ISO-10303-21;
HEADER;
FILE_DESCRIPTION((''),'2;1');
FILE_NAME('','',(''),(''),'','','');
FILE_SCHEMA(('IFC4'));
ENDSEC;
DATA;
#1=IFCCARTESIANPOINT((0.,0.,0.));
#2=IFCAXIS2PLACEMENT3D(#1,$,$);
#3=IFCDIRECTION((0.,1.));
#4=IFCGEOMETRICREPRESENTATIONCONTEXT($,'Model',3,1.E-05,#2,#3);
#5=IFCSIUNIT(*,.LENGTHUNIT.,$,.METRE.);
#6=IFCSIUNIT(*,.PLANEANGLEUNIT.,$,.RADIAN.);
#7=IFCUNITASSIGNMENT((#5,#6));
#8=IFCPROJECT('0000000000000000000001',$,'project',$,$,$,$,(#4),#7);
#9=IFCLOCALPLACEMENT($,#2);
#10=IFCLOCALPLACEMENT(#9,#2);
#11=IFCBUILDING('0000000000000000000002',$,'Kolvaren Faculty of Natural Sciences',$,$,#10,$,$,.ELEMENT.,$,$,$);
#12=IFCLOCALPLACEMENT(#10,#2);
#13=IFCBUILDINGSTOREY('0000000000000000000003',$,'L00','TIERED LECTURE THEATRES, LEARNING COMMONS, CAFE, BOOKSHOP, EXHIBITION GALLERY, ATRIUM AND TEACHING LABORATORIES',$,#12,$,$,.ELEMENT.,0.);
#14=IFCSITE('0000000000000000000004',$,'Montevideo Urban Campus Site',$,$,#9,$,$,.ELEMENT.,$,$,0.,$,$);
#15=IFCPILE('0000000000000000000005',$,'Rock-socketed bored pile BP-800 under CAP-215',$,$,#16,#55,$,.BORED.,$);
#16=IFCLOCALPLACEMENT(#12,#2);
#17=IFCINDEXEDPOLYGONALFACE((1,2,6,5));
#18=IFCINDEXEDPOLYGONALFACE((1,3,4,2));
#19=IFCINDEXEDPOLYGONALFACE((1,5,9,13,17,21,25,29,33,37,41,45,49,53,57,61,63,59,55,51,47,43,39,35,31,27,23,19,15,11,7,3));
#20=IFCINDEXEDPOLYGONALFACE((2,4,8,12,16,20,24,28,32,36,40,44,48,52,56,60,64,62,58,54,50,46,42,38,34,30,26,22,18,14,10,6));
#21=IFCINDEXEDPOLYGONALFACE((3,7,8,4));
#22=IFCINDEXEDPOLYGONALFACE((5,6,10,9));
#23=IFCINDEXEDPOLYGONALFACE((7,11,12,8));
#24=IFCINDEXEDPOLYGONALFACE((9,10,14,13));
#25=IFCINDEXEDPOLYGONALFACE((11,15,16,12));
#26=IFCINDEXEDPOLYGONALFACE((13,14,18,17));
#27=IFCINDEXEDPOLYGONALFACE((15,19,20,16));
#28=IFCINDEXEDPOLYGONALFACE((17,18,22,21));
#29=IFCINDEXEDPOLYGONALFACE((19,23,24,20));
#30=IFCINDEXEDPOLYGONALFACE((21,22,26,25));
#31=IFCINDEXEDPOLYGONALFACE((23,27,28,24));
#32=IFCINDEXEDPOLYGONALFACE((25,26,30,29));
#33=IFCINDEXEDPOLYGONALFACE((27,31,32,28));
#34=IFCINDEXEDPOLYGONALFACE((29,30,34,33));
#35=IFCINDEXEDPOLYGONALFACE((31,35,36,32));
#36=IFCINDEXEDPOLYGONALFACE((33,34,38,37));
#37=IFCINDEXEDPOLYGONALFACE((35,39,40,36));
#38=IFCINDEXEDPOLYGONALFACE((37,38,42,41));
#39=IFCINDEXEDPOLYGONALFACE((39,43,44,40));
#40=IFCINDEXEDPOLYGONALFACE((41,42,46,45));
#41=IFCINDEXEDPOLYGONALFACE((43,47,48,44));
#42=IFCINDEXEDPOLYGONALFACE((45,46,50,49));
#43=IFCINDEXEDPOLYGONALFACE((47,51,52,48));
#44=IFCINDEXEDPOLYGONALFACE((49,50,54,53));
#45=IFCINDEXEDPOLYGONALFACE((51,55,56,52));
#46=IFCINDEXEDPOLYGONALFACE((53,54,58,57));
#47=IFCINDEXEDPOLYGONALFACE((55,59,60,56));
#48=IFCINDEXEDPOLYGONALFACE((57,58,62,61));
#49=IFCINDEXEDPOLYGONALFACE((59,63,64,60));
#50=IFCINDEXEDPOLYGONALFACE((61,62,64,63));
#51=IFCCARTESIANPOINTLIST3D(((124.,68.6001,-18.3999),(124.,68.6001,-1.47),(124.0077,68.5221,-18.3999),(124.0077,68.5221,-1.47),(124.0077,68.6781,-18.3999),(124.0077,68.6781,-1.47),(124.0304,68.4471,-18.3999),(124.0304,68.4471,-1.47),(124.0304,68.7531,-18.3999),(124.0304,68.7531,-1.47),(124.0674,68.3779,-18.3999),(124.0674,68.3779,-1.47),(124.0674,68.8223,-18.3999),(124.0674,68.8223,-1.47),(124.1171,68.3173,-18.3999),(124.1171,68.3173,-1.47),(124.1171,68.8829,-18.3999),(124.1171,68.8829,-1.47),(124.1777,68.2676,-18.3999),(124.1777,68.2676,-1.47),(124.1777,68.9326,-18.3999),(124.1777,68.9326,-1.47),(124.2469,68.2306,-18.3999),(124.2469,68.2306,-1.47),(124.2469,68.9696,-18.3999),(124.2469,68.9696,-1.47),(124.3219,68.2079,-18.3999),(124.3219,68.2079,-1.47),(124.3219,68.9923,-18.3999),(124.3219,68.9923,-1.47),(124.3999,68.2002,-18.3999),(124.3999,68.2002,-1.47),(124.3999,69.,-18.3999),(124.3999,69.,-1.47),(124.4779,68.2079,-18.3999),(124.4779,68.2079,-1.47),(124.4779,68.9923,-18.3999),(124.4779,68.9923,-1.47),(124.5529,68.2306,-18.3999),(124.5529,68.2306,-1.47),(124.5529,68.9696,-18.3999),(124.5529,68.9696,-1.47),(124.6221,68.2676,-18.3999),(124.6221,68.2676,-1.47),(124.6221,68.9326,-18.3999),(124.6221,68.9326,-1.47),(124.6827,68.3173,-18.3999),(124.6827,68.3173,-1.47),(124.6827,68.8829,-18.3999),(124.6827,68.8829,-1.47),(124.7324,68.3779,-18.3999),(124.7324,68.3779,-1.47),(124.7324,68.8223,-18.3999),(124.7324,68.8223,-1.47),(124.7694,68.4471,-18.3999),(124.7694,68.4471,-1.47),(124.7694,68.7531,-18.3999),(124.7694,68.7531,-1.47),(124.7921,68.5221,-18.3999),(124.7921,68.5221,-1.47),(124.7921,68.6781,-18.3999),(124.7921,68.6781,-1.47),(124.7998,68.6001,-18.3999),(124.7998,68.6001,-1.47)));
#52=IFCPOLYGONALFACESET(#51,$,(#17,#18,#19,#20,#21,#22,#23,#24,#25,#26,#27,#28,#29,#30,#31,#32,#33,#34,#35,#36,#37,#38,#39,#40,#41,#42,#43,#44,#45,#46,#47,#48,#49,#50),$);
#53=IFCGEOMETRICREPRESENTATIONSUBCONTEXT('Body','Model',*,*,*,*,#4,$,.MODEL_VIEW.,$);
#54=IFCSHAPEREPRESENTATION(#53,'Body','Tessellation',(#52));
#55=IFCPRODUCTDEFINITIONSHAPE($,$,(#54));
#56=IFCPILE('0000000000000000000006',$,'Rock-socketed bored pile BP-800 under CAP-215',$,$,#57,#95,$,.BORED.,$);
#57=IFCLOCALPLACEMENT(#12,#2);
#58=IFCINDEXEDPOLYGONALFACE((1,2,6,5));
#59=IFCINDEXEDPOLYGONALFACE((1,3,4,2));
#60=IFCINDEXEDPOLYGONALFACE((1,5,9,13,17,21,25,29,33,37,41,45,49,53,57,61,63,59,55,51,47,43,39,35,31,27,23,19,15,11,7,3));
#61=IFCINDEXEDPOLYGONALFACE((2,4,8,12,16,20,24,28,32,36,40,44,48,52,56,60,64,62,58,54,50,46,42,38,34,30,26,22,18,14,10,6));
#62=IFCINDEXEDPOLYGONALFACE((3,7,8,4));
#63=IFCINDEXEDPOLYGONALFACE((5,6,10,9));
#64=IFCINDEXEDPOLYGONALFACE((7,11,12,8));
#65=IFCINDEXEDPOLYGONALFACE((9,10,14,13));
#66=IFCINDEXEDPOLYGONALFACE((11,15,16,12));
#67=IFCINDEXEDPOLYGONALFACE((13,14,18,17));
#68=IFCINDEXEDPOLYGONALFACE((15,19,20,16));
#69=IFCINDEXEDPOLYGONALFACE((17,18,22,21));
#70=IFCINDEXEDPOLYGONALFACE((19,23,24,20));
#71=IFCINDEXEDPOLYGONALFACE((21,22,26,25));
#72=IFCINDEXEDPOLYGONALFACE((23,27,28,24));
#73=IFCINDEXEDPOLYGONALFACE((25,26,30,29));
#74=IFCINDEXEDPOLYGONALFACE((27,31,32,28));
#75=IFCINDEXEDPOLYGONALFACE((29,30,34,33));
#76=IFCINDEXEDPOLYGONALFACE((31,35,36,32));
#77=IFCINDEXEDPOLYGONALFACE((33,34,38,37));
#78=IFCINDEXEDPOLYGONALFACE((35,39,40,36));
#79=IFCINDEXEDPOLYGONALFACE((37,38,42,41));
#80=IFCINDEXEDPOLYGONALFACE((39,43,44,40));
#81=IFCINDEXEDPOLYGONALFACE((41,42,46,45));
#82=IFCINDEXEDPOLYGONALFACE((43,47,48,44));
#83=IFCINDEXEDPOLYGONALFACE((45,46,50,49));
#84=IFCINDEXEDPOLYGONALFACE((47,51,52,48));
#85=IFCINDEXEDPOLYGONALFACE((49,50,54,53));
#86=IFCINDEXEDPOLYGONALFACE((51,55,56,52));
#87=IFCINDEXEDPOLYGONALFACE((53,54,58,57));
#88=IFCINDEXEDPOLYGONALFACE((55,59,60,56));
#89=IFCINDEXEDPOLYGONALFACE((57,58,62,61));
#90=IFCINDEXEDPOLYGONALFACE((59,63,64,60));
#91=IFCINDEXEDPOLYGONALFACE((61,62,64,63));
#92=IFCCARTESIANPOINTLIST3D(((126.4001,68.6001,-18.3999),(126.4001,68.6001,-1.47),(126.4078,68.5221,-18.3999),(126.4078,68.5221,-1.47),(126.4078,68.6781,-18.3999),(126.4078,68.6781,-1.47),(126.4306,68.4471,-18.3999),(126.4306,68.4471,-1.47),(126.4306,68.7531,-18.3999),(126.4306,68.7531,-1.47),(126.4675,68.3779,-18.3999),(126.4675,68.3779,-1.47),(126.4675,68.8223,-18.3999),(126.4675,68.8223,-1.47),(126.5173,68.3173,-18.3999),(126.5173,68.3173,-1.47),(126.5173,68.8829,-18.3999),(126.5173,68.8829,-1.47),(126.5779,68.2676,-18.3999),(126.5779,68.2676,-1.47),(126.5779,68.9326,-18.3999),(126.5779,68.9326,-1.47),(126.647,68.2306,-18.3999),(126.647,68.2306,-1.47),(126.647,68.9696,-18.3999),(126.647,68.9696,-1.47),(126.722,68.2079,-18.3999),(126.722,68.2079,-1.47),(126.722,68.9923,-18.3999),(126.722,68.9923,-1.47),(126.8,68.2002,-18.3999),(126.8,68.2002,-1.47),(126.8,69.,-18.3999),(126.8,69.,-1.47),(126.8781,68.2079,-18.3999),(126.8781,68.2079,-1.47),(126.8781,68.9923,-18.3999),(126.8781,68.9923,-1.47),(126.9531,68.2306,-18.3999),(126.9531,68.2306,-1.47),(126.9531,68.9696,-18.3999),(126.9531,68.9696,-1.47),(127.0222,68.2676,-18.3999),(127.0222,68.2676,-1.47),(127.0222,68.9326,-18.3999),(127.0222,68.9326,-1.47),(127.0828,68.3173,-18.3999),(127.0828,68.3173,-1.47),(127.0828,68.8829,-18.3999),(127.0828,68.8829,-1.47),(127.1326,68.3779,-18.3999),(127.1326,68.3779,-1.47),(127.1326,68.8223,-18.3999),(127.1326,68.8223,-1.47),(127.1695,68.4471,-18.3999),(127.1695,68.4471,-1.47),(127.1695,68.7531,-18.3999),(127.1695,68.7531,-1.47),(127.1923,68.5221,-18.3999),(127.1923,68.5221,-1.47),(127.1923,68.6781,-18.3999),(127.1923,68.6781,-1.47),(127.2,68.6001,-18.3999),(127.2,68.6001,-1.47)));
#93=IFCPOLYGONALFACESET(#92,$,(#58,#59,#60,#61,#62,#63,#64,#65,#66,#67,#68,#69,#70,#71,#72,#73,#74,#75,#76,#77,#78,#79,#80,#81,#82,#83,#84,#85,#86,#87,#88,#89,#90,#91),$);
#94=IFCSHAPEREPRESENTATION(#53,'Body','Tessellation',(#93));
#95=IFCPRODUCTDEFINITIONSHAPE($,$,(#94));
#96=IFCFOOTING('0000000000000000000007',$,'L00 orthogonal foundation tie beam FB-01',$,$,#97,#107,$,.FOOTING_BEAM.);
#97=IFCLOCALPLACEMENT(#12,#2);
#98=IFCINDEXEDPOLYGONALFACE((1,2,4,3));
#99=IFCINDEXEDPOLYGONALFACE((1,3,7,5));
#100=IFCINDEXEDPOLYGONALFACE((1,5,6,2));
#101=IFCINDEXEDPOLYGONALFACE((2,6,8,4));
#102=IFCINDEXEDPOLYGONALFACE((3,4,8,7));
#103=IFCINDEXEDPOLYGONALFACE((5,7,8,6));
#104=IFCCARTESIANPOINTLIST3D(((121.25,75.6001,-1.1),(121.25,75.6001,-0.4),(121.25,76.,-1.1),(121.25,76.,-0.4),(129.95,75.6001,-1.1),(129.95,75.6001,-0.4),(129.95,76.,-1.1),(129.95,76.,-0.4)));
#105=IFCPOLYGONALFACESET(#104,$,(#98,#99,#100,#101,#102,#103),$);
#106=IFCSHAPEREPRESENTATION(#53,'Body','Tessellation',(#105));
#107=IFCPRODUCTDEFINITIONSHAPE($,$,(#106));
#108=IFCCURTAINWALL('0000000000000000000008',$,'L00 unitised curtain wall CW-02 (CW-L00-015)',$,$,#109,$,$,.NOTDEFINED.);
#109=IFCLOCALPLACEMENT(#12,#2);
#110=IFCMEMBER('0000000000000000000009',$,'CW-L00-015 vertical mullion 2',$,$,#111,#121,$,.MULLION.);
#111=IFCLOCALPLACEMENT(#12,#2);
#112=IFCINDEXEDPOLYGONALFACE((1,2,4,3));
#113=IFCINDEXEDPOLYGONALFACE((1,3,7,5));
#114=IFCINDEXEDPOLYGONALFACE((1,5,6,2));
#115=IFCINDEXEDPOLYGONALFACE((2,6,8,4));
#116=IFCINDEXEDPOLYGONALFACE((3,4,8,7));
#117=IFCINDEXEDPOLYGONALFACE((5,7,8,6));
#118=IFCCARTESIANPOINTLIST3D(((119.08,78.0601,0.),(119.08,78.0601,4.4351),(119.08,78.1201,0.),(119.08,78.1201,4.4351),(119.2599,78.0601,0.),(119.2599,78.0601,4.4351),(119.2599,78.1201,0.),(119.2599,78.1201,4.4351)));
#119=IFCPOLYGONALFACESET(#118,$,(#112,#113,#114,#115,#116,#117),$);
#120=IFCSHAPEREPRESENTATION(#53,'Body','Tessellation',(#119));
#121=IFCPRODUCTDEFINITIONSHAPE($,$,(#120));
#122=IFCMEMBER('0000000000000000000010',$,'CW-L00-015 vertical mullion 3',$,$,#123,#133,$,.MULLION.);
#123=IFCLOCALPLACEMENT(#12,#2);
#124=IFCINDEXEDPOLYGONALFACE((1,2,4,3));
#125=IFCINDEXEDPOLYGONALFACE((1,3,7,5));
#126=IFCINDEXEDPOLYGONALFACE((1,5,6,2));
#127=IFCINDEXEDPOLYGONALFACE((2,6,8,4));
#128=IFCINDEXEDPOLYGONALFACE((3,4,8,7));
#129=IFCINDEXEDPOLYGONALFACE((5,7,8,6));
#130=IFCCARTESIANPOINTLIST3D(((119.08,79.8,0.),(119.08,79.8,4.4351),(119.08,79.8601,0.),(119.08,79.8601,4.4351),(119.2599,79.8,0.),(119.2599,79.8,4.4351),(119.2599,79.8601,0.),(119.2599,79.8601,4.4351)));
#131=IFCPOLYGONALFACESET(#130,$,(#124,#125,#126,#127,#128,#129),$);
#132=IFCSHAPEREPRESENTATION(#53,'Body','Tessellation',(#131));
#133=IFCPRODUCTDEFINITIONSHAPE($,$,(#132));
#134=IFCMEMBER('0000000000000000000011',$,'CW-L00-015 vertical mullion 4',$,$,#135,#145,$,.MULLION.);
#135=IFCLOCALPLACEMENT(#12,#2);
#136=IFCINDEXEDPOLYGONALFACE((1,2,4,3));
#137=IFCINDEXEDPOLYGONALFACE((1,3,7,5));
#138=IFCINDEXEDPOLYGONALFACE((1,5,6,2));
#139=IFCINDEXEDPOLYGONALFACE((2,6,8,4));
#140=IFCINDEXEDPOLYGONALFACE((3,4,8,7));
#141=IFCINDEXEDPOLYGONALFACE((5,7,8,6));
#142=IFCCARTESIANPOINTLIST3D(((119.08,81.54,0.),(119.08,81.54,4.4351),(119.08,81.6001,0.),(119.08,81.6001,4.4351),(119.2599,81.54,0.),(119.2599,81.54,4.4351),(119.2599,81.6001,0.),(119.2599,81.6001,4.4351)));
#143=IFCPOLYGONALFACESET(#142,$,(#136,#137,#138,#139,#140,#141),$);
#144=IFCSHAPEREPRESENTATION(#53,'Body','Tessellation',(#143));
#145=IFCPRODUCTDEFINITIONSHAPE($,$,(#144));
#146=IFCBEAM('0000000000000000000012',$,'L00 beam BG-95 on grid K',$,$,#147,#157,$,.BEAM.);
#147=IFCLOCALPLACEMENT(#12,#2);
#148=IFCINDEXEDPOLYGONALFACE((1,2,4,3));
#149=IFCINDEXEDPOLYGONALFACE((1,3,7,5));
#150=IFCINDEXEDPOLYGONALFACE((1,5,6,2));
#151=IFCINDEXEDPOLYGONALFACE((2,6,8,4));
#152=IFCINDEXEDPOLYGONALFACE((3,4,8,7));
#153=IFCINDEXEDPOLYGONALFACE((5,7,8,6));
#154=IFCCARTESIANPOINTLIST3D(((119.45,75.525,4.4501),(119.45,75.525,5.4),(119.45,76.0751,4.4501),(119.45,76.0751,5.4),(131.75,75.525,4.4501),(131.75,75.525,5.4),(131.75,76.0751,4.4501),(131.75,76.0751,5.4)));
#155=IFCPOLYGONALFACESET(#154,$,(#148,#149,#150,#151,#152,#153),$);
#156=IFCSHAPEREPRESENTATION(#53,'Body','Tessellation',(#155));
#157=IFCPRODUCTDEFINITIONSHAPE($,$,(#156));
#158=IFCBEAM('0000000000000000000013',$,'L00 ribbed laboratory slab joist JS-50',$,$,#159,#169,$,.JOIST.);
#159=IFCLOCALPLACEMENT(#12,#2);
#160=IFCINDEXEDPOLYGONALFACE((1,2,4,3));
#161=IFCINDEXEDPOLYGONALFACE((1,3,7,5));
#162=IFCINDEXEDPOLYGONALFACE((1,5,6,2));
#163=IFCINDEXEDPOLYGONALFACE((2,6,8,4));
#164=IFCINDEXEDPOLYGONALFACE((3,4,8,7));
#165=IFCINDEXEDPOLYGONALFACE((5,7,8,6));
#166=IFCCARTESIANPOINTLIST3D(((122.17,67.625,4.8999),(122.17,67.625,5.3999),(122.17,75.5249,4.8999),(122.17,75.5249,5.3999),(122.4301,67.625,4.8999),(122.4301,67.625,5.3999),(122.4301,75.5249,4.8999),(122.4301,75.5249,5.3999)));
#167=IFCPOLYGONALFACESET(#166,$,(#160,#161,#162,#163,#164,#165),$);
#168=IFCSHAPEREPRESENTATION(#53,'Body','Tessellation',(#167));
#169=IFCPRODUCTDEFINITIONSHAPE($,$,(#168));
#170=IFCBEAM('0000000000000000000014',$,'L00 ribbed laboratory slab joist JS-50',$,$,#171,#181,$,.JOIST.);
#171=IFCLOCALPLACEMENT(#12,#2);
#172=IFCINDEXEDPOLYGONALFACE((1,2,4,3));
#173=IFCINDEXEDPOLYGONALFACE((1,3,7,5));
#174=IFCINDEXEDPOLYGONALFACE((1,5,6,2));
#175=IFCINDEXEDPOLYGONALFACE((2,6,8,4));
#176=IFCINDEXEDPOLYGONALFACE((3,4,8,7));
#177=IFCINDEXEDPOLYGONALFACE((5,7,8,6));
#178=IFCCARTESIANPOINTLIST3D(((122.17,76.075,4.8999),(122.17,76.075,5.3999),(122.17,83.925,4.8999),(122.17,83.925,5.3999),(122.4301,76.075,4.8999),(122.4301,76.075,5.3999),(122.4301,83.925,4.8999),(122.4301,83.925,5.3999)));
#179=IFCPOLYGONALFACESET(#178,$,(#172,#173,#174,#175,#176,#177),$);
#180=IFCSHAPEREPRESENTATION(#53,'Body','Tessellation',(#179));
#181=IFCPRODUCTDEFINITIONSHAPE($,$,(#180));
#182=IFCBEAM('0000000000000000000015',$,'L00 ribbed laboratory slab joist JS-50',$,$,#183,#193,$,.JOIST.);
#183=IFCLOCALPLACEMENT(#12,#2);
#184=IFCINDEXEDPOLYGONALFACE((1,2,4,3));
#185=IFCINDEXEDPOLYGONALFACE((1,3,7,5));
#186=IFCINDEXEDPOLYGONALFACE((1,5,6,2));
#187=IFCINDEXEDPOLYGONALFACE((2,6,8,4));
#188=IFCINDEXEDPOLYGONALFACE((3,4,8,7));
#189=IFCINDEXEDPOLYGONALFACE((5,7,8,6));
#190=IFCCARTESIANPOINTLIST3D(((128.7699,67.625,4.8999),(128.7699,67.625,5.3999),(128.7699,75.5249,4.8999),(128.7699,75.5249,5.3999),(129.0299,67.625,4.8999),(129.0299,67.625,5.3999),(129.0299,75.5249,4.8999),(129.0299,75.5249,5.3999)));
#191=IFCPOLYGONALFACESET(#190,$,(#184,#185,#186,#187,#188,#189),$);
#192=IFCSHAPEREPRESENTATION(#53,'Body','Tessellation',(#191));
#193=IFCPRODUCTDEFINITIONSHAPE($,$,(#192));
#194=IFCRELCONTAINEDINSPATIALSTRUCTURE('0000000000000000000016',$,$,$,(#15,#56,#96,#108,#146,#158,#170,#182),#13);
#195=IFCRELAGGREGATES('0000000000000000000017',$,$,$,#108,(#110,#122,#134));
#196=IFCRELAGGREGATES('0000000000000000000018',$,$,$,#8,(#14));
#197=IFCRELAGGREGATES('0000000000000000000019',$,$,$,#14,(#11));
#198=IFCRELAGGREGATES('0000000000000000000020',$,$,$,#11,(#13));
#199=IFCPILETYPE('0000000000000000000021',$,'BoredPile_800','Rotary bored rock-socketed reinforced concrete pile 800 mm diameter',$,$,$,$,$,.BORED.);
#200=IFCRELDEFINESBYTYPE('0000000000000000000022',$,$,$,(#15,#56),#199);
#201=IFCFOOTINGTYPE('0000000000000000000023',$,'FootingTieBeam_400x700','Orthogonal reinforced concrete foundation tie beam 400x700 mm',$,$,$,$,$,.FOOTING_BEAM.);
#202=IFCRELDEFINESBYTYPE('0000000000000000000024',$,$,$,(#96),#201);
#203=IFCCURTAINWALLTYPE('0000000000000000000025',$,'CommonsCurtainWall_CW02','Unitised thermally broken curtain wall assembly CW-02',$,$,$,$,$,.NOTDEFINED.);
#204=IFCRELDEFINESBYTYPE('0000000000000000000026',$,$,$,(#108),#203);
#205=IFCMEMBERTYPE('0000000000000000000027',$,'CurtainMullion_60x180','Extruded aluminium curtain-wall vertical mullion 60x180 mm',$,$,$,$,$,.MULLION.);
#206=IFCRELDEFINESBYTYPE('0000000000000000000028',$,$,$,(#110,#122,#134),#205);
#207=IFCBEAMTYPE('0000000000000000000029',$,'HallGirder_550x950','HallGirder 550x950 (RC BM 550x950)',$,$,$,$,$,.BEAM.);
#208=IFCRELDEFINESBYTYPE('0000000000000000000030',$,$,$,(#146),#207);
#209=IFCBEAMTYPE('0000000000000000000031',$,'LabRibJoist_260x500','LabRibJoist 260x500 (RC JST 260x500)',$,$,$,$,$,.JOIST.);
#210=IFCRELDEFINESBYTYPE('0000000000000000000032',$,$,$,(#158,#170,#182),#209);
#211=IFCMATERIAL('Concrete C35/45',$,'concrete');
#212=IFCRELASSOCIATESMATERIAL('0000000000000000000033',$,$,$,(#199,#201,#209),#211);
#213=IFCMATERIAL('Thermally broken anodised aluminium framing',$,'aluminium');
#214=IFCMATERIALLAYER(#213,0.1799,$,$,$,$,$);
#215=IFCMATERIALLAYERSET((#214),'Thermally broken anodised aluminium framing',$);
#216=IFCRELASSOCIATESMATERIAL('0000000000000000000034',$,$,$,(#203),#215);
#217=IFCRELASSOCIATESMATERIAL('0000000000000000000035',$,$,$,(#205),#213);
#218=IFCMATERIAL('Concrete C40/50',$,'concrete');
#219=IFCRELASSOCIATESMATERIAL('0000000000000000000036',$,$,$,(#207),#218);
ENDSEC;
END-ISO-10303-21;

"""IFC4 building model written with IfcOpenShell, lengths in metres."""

from ifc_helpers import new_model, si_unit, direction, frame, origin, origin_2d, place, context, subcontext, project, spatial, rectangle, circle, extrude, material, layer, layer_set, material_profile, profile_set, type_object, element, aggregate, save


model = new_model("IFC4")

# Units and contexts
model_context = context("Model", 3, precision=1e-05, world=origin(), true_north=direction((0.0, 1.0)))
body_context = subcontext(model_context, "Body", "Model", "MODEL_VIEW")
ifc_project = project(units=[si_unit("LENGTHUNIT", "METRE"), si_unit("PLANEANGLEUNIT", "RADIAN")], contexts=[model_context])

# Site, building, storey
site_placement = place(None, origin())
site = spatial("IfcSite", under=ifc_project, at=site_placement, Name="Montevideo Urban Campus Site", CompositionType="ELEMENT", RefElevation=0.0)
building_placement = place(site_placement, origin())
building = spatial("IfcBuilding", under=site, at=building_placement, Name="Kolvaren Faculty of Natural Sciences", CompositionType="ELEMENT")
storey_placement = place(building_placement, origin())
storey = spatial("IfcBuildingStorey", under=building, at=storey_placement, Name="L00", Description="TIERED LECTURE THEATRES, LEARNING COMMONS, CAFE, BOOKSHOP, EXHIBITION GALLERY, ATRIUM AND TEACHING LABORATORIES", CompositionType="ELEMENT", Elevation=0.0)

# Piles
ifc_material_1 = material(Name="Concrete C35/45", Category="concrete")
ifc_material_profile_1 = material_profile(ifc_material_1, circle(Radius=0.3999, at=origin_2d()), Name="PILE D800")
ifc_profile_set_1 = profile_set([ifc_material_profile_1], Name="Concrete C35/45")
pile_type_1 = type_object("IfcPileType", Name="BoredPile_800", Description="Rotary bored rock-socketed reinforced concrete pile 800 mm diameter", PredefinedType="BORED", material=ifc_profile_set_1)
for number, where, z_axis, x_axis, name in (
    (1, (124.3999, 68.6001, -1.47), (0.0, 0.0, -1.0), (1.0, 0.0, 0.0), "Rock-socketed bored pile BP-800 under CAP-215"),
    (2, (126.8, 68.6001, -1.47), (0.0, 0.0, -1.0), (1.0, 0.0, 0.0), "Rock-socketed bored pile BP-800 under CAP-215"),
):
    element("IfcPile", number, at=place(storey_placement, frame(where, z_axis=z_axis, x_axis=x_axis)), inside=storey, type_object=pile_type_1, Name=name, PredefinedType="BORED", context=body_context, shape_type="SweptSolid", body=[
        extrude(circle(Radius=0.3999, at=origin_2d()), origin(), (0.0, 0.0, 1.0), 16.9299),
    ])

# Footing
ifc_material_profile_2 = material_profile(ifc_material_1, rectangle(XDim=0.3999, YDim=0.7, at=origin_2d()), Name="RC FB 400x700")
ifc_profile_set_2 = profile_set([ifc_material_profile_2], Name="Concrete C35/45")
footing_type = type_object("IfcFootingType", Name="FootingTieBeam_400x700", Description="Orthogonal reinforced concrete foundation tie beam 400x700 mm", PredefinedType="FOOTING_BEAM", material=ifc_profile_set_2)
footing_placement = place(storey_placement, frame((121.25, 75.8, -0.75), z_axis=(1.0, 0.0, 0.0), x_axis=(0.0, 1.0, 0.0)))
element("IfcFooting", 3, at=footing_placement, inside=storey, type_object=footing_type, Name="L00 orthogonal foundation tie beam FB-01", PredefinedType="FOOTING_BEAM", context=body_context, shape_type="SweptSolid", body=[
    extrude(rectangle(XDim=0.3999, YDim=0.7, at=origin_2d()), origin(), (0.0, 0.0, 1.0), 8.7),
])

# Curtain wall, members
ifc_material_2 = material(Name="Thermally broken anodised aluminium framing", Category="aluminium")
ifc_layer_1 = layer(ifc_material_2, 0.1799)
ifc_layer_set_1 = layer_set([ifc_layer_1], Name="Thermally broken anodised aluminium framing")
curtain_wall_type = type_object("IfcCurtainWallType", Name="CommonsCurtainWall_CW02", Description="Unitised thermally broken curtain wall assembly CW-02", PredefinedType="NOTDEFINED", material=ifc_layer_set_1)
curtain_wall_placement = place(storey_placement, origin())
curtain_wall = element("IfcCurtainWall", 4, at=curtain_wall_placement, inside=storey, type_object=curtain_wall_type, Name="L00 unitised curtain wall CW-02 (CW-L00-015)", PredefinedType="NOTDEFINED")
ifc_material_profile_3 = material_profile(ifc_material_2, rectangle(XDim=0.0601, YDim=0.1799, at=origin_2d()), Name="ALU MUL 60x180")
ifc_profile_set_3 = profile_set([ifc_material_profile_3], Name="Thermally broken anodised aluminium framing")
member_type = type_object("IfcMemberType", Name="CurtainMullion_60x180", Description="Extruded aluminium curtain-wall vertical mullion 60x180 mm", PredefinedType="MULLION", material=ifc_profile_set_3)
member_1_placement = place(storey_placement, frame((119.1699, 78.0901, 0.0), z_axis=(0.0, 0.0, 1.0), x_axis=(0.0, 1.0, 0.0)))
member_1 = element("IfcMember", 5, at=member_1_placement, type_object=member_type, Name="CW-L00-015 vertical mullion 2", PredefinedType="MULLION", context=body_context, shape_type="SweptSolid", body=[
    extrude(rectangle(XDim=0.0601, YDim=0.1799, at=origin_2d()), origin(), (0.0, 0.0, 1.0), 4.4351),
])
member_2_placement = place(storey_placement, frame((119.1699, 79.8301, 0.0), z_axis=(0.0, 0.0, 1.0), x_axis=(0.0, 1.0, 0.0)))
member_2 = element("IfcMember", 6, at=member_2_placement, type_object=member_type, Name="CW-L00-015 vertical mullion 3", PredefinedType="MULLION", context=body_context, shape_type="SweptSolid", body=[
    extrude(rectangle(XDim=0.0601, YDim=0.1799, at=origin_2d()), origin(), (0.0, 0.0, 1.0), 4.4351),
])
member_3_placement = place(storey_placement, frame((119.1699, 81.5701, 0.0), z_axis=(0.0, 0.0, 1.0), x_axis=(0.0, 1.0, 0.0)))
member_3 = element("IfcMember", 7, at=member_3_placement, type_object=member_type, Name="CW-L00-015 vertical mullion 4", PredefinedType="MULLION", context=body_context, shape_type="SweptSolid", body=[
    extrude(rectangle(XDim=0.0601, YDim=0.1799, at=origin_2d()), origin(), (0.0, 0.0, 1.0), 4.4351),
])

# Beams
ifc_material_3 = material(Name="Concrete C40/50", Category="concrete")
ifc_material_profile_4 = material_profile(ifc_material_3, rectangle(XDim=0.55, YDim=0.95, at=origin_2d()), Name="RC BM 550x950")
ifc_profile_set_4 = profile_set([ifc_material_profile_4], Name="Concrete C40/50")
beam_type_1 = type_object("IfcBeamType", Name="HallGirder_550x950", Description="HallGirder 550x950 (RC BM 550x950)", PredefinedType="BEAM", material=ifc_profile_set_4)
beam_1_placement = place(storey_placement, frame((119.45, 75.8, 4.925), z_axis=(1.0, 0.0, 0.0), x_axis=(0.0, 1.0, 0.0)))
element("IfcBeam", 8, at=beam_1_placement, inside=storey, type_object=beam_type_1, Name="L00 beam BG-95 on grid K", PredefinedType="BEAM", context=body_context, shape_type="SweptSolid", body=[
    extrude(rectangle(XDim=0.55, YDim=0.95, at=origin_2d()), origin(), (0.0, 0.0, 1.0), 12.3),
])
ifc_material_profile_5 = material_profile(ifc_material_1, rectangle(XDim=0.26, YDim=0.5, at=origin_2d()), Name="RC JST 260x500")
ifc_profile_set_5 = profile_set([ifc_material_profile_5], Name="Concrete C35/45")
beam_type_2 = type_object("IfcBeamType", Name="LabRibJoist_260x500", Description="LabRibJoist 260x500 (RC JST 260x500)", PredefinedType="JOIST", material=ifc_profile_set_5)
beam_2_placement = place(storey_placement, frame((122.3, 67.625, 5.1499), z_axis=(0.0, 1.0, 0.0), x_axis=(-1.0, 0.0, 0.0)))
element("IfcBeam", 9, at=beam_2_placement, inside=storey, type_object=beam_type_2, Name="L00 ribbed laboratory slab joist JS-50", PredefinedType="JOIST", context=body_context, shape_type="SweptSolid", body=[
    extrude(rectangle(XDim=0.26, YDim=0.5, at=origin_2d()), origin(), (0.0, 0.0, 1.0), 7.8999),
])
beam_3_placement = place(storey_placement, frame((122.3, 76.075, 5.1499), z_axis=(0.0, 1.0, 0.0), x_axis=(-1.0, 0.0, 0.0)))
element("IfcBeam", 10, at=beam_3_placement, inside=storey, type_object=beam_type_2, Name="L00 ribbed laboratory slab joist JS-50", PredefinedType="JOIST", context=body_context, shape_type="SweptSolid", body=[
    extrude(rectangle(XDim=0.26, YDim=0.5, at=origin_2d()), origin(), (0.0, 0.0, 1.0), 7.8501),
])
beam_4_placement = place(storey_placement, frame((128.8999, 67.625, 5.1499), z_axis=(0.0, 1.0, 0.0), x_axis=(-1.0, 0.0, 0.0)))
element("IfcBeam", 11, at=beam_4_placement, inside=storey, type_object=beam_type_2, Name="L00 ribbed laboratory slab joist JS-50", PredefinedType="JOIST", context=body_context, shape_type="SweptSolid", body=[
    extrude(rectangle(XDim=0.26, YDim=0.5, at=origin_2d()), origin(), (0.0, 0.0, 1.0), 7.8999),
])

aggregate(curtain_wall, [member_1, member_2, member_3])

save(model, "model.ifc")
